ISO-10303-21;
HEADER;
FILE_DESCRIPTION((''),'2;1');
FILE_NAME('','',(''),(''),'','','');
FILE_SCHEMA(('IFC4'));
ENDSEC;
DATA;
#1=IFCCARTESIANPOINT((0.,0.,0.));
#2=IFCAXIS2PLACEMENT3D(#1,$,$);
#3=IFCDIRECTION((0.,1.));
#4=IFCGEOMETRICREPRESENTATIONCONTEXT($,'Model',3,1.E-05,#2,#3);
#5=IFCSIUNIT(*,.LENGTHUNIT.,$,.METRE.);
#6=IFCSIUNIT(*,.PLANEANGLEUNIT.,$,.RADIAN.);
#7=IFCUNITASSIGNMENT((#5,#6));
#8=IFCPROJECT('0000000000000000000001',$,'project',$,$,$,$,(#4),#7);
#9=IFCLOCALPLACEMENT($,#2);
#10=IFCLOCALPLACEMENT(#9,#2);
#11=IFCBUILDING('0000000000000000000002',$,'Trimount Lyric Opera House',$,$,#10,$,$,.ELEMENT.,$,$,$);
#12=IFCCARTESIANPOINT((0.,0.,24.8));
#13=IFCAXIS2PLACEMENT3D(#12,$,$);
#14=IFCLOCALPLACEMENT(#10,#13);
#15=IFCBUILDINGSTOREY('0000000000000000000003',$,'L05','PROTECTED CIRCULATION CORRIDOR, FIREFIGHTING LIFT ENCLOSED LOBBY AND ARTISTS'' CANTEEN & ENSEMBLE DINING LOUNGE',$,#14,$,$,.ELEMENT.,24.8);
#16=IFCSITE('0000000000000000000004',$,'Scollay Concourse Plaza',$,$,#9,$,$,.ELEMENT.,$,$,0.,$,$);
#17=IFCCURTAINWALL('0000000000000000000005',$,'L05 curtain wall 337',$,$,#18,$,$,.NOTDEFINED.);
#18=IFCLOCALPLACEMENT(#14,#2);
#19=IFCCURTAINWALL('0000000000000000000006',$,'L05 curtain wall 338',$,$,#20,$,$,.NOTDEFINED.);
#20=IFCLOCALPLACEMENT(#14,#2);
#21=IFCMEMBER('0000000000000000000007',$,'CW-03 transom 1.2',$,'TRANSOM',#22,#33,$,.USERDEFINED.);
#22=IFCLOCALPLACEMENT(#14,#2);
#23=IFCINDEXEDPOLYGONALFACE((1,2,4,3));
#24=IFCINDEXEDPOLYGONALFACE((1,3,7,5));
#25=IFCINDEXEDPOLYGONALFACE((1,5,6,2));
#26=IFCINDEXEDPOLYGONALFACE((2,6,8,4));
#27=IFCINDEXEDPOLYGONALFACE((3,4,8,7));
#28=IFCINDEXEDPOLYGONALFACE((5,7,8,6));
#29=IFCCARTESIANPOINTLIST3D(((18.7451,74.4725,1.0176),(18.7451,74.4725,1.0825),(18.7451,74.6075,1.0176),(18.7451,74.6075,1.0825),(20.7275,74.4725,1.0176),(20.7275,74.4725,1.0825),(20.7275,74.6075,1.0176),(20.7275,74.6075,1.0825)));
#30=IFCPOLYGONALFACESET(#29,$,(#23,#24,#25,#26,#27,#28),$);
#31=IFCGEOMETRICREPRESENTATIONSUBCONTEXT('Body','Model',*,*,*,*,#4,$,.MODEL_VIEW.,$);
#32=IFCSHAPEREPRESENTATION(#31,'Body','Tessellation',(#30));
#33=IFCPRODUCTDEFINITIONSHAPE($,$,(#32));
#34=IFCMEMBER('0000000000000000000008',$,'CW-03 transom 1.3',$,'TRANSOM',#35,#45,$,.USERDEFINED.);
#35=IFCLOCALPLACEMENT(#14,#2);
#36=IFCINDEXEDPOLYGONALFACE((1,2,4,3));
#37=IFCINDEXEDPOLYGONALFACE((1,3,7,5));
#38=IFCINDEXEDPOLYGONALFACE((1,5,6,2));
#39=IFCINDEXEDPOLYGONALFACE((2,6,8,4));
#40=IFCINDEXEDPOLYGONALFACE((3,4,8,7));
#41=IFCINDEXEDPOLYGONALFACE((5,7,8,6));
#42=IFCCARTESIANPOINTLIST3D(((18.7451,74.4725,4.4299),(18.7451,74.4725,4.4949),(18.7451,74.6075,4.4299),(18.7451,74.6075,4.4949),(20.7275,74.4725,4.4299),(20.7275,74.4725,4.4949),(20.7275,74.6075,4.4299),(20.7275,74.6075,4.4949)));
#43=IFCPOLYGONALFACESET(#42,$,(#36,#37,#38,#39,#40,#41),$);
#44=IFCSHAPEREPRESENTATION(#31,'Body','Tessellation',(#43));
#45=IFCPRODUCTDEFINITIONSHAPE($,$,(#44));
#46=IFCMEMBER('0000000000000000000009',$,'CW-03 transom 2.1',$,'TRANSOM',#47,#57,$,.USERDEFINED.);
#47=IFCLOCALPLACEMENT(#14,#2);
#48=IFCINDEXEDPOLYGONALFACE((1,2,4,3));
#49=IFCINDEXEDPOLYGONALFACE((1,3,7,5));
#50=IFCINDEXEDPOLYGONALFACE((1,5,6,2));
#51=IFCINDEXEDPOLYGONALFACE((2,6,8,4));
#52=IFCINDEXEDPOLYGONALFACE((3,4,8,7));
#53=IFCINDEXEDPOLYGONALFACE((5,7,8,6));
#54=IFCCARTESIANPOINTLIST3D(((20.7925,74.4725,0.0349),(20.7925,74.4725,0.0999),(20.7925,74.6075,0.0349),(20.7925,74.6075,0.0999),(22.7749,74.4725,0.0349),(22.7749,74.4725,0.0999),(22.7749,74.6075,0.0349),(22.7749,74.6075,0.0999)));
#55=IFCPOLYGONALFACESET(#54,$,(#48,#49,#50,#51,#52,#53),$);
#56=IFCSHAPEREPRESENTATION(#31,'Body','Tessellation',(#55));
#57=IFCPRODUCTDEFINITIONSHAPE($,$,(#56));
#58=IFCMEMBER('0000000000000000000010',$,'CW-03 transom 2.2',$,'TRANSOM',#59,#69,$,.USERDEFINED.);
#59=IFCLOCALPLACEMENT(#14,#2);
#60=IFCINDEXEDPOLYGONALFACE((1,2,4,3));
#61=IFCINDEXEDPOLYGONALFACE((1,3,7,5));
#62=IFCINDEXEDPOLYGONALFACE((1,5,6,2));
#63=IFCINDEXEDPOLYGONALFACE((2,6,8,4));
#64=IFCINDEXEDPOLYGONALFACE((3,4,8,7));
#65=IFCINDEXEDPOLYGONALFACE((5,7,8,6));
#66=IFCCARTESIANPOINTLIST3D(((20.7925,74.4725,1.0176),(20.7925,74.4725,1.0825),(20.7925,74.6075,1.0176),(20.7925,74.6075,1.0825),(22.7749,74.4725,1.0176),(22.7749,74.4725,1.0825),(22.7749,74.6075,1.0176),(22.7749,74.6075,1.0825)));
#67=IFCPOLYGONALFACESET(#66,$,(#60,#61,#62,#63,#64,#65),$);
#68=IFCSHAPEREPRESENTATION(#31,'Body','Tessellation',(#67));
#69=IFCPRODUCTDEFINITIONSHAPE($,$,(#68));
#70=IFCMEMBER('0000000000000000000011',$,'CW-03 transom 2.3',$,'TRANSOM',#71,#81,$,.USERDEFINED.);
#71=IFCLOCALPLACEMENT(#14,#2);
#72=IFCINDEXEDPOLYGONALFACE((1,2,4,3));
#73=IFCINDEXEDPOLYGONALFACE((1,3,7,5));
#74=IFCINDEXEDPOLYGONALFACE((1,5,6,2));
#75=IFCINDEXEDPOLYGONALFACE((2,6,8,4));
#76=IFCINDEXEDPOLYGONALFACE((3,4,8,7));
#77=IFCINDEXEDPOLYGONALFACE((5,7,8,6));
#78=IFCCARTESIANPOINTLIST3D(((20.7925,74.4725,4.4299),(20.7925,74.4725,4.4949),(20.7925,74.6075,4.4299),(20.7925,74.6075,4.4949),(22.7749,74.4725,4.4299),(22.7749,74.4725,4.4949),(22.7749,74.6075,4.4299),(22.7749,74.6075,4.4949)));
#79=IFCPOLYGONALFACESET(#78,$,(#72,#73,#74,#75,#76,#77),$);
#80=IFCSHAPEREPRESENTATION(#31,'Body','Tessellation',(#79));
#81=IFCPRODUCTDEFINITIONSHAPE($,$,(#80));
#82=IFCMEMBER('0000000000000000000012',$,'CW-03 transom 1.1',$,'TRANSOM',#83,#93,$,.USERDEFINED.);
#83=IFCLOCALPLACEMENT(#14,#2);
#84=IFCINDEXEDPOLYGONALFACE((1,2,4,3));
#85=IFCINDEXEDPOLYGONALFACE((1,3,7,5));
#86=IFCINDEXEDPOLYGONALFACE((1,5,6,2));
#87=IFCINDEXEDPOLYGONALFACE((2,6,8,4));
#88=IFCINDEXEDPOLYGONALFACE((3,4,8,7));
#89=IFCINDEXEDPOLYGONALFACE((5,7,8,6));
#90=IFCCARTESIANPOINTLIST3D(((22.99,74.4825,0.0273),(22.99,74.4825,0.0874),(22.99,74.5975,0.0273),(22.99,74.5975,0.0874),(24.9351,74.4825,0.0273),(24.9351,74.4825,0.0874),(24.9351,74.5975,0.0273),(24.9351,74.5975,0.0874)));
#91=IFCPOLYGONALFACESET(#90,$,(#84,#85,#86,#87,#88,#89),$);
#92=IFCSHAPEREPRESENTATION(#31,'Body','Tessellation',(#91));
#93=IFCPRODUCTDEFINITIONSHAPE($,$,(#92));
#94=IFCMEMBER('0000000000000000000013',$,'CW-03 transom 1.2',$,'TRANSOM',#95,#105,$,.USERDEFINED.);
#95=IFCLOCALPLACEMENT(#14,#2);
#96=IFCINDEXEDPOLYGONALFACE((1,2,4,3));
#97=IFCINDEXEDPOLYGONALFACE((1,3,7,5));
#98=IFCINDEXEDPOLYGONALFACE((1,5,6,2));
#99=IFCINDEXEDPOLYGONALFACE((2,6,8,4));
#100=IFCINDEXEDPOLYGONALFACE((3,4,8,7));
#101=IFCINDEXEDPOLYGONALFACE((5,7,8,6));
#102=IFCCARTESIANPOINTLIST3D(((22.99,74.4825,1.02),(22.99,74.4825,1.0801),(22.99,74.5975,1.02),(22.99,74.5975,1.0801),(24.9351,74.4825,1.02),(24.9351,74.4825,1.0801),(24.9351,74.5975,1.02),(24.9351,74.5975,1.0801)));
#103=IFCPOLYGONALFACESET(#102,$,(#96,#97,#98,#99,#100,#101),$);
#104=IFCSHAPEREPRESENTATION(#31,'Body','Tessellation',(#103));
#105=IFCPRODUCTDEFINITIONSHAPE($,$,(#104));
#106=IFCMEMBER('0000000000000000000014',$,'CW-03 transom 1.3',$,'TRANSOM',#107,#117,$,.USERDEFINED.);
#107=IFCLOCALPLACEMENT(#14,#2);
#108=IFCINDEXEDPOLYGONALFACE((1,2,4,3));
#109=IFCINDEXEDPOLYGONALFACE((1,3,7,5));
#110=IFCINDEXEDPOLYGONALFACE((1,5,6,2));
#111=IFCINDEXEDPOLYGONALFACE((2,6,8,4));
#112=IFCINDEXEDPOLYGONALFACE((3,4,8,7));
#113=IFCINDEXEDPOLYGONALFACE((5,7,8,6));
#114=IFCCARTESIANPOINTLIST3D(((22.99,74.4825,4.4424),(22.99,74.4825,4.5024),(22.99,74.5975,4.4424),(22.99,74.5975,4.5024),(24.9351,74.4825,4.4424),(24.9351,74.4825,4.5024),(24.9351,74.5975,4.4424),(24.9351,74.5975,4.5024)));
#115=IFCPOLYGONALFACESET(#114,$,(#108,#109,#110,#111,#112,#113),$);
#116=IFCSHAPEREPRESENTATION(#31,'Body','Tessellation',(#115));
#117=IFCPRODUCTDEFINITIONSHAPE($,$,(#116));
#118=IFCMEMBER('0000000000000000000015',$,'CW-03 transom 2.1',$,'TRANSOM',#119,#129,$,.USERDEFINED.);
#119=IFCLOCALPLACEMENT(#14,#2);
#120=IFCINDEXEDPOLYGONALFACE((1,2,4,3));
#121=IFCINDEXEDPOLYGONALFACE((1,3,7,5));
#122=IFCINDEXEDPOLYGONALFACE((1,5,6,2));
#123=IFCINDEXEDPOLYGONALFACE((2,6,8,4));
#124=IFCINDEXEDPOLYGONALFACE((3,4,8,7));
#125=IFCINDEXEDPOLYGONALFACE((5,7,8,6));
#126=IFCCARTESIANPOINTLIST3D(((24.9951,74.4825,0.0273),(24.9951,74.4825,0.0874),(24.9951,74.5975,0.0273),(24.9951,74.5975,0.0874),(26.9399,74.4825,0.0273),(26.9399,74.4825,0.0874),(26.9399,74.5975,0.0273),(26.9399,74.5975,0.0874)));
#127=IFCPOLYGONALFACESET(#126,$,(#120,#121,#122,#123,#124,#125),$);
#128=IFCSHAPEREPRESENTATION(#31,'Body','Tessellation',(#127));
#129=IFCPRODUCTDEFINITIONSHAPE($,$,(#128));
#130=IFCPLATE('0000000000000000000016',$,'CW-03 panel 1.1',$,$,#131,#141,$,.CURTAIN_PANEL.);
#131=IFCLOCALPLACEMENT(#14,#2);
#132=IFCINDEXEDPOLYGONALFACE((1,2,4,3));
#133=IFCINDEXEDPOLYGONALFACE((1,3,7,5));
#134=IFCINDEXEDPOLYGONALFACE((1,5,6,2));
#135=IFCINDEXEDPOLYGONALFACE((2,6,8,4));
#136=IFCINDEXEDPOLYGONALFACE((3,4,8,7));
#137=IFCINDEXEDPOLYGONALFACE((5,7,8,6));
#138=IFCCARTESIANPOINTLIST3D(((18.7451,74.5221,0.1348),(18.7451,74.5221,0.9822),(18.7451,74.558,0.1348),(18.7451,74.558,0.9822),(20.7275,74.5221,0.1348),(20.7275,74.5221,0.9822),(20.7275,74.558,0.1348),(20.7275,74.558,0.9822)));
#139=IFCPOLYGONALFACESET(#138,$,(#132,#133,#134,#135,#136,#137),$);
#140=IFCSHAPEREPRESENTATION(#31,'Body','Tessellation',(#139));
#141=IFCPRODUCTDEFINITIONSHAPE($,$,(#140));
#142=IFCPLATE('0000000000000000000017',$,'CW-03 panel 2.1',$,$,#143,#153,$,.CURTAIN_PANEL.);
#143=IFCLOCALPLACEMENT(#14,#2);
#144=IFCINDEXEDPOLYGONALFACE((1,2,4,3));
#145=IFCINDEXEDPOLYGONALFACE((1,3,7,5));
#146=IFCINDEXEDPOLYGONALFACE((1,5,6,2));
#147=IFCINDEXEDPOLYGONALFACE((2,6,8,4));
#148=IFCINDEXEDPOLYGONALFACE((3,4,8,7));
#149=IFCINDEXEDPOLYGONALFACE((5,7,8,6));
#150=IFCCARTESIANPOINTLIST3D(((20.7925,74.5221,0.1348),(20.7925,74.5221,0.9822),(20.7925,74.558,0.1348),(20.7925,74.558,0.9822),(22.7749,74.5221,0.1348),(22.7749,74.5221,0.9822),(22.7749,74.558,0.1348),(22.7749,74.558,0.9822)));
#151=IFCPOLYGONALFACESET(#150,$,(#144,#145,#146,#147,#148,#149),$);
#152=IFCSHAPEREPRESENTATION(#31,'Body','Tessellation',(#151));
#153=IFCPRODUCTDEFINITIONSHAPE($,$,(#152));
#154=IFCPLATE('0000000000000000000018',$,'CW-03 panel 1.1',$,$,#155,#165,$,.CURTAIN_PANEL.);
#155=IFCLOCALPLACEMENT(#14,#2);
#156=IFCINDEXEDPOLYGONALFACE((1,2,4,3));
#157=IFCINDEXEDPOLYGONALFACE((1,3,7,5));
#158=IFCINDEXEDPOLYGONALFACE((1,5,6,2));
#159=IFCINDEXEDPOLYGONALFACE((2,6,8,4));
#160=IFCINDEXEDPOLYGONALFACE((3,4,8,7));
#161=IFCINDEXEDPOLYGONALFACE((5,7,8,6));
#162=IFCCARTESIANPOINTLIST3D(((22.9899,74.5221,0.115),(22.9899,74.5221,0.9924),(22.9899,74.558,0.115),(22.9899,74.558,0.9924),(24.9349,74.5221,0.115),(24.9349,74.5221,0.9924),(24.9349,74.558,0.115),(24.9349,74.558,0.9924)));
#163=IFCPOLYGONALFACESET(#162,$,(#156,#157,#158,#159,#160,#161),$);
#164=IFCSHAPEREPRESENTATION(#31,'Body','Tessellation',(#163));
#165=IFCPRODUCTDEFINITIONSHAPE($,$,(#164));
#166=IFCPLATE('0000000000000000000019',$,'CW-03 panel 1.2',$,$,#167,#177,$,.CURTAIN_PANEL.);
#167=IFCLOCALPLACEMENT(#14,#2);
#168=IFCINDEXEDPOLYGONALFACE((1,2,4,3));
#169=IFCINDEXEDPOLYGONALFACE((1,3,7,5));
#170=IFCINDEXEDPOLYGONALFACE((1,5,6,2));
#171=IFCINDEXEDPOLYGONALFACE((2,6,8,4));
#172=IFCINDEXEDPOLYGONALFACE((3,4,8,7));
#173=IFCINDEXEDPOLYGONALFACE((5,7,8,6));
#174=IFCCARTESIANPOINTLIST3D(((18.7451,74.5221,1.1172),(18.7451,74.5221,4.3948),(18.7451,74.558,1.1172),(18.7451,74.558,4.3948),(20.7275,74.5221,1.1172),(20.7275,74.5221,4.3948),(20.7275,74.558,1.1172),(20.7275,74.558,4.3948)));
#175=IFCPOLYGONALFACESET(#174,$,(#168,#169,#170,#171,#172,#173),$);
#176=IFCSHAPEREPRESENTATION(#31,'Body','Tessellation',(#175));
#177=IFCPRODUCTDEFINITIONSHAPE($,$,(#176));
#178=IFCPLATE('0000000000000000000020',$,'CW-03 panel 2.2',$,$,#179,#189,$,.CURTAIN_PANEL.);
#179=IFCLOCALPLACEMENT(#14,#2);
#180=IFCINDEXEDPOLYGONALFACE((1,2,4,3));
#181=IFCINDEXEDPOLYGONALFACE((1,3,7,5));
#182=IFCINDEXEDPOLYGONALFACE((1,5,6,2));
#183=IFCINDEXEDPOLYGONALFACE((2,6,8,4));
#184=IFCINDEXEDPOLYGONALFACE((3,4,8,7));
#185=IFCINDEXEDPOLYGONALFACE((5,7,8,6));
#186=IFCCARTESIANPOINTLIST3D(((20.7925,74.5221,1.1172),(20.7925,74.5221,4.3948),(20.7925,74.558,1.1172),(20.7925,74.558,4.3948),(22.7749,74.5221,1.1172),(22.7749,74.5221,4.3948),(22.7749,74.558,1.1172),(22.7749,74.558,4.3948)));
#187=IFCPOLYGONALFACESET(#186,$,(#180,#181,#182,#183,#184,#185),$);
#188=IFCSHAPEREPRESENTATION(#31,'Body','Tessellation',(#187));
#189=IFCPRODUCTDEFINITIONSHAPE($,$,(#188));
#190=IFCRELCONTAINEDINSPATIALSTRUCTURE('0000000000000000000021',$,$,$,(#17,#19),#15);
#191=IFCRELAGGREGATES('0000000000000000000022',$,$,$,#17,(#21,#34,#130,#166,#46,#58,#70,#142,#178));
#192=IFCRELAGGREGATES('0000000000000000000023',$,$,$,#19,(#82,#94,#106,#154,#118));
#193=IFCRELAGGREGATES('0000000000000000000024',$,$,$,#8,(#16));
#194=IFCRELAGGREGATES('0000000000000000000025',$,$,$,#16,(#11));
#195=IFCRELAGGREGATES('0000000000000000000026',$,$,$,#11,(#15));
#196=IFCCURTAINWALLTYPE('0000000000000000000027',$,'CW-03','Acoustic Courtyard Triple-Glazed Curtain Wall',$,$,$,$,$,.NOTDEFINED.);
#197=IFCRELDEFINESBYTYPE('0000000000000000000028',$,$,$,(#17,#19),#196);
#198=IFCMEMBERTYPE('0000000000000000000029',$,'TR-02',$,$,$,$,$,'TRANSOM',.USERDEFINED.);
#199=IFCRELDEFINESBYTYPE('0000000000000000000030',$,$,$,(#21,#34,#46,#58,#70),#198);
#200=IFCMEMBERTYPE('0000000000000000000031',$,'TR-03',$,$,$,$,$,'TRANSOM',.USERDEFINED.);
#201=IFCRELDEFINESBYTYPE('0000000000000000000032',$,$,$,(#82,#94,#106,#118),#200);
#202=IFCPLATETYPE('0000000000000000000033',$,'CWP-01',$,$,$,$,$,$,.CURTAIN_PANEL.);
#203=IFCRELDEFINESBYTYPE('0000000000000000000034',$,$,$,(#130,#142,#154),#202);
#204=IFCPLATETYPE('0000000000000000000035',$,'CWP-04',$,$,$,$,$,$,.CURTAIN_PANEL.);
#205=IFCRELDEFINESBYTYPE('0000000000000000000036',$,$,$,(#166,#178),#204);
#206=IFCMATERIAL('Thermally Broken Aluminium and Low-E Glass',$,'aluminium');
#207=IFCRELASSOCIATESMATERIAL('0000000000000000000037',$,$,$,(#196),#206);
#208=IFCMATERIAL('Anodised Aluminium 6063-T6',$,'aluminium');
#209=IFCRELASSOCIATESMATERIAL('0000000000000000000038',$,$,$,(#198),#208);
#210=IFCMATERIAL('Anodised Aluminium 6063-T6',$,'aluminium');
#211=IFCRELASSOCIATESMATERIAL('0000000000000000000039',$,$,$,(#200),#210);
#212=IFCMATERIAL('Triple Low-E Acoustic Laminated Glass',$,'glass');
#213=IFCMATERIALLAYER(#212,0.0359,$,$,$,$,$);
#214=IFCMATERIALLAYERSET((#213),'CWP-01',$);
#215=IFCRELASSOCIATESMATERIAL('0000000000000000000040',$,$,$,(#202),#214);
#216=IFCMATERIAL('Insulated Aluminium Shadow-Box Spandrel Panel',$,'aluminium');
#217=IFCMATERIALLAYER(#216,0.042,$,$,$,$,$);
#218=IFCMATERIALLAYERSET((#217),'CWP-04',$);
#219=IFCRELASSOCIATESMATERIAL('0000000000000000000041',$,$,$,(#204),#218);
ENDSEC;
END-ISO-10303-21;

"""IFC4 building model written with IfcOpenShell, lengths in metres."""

from ifc_helpers import new_model, si_unit, direction, frame, origin, origin_2d, place, context, subcontext, project, spatial, rectangle, extrude, material, layer, layer_set, material_profile, profile_set, type_object, element, aggregate, save


model = new_model("IFC4")

# Units and contexts
model_context = context("Model", 3, precision=1e-05, world=origin(), true_north=direction((0.0, 1.0)))
body_context = subcontext(model_context, "Body", "Model", "MODEL_VIEW")
ifc_project = project(units=[si_unit("LENGTHUNIT", "METRE"), si_unit("PLANEANGLEUNIT", "RADIAN")], contexts=[model_context])

# Site, building, storey
site_placement = place(None, origin())
site = spatial("IfcSite", under=ifc_project, at=site_placement, Name="Scollay Concourse Plaza", CompositionType="ELEMENT", RefElevation=0.0)
building_placement = place(site_placement, origin())
building = spatial("IfcBuilding", under=site, at=building_placement, Name="Trimount Lyric Opera House", CompositionType="ELEMENT")
storey_placement = place(building_placement, frame((0.0, 0.0, 24.8)))
storey = spatial("IfcBuildingStorey", under=building, at=storey_placement, Name="L05", Description="PROTECTED CIRCULATION CORRIDOR, FIREFIGHTING LIFT ENCLOSED LOBBY AND ARTISTS' CANTEEN & ENSEMBLE DINING LOUNGE", CompositionType="ELEMENT", Elevation=24.8)

# Curtain walls
ifc_material_1 = material(Name="Thermally Broken Aluminium and Low-E Glass", Category="aluminium")
curtain_wall_type = type_object("IfcCurtainWallType", Name="CW-03", Description="Acoustic Courtyard Triple-Glazed Curtain Wall", PredefinedType="NOTDEFINED", material=ifc_material_1)
curtain_wall_1_placement = place(storey_placement, origin())
curtain_wall_1 = element("IfcCurtainWall", 1, at=curtain_wall_1_placement, inside=storey, type_object=curtain_wall_type, Name="L05 curtain wall 337", PredefinedType="NOTDEFINED")
curtain_wall_2_placement = place(storey_placement, origin())
curtain_wall_2 = element("IfcCurtainWall", 2, at=curtain_wall_2_placement, inside=storey, type_object=curtain_wall_type, Name="L05 curtain wall 338", PredefinedType="NOTDEFINED")

# Members
ifc_material_2 = material(Name="Anodised Aluminium 6063-T6", Category="aluminium")
ifc_material_profile_1 = material_profile(ifc_material_2, rectangle(XDim=0.135, YDim=0.0649, at=origin_2d()), Name="ALU-TRAN-65X135")
ifc_profile_set_1 = profile_set([ifc_material_profile_1], Name="Anodised Aluminium 6063-T6")
member_type_1 = type_object("IfcMemberType", Name="TR-02", ElementType="TRANSOM", PredefinedType="USERDEFINED", material=ifc_profile_set_1)
member_1_placement = place(storey_placement, frame((18.7451, 74.54, 1.05), z_axis=(1.0, 0.0, 0.0), x_axis=(0.0, 1.0, 0.0)))
member_1 = element("IfcMember", 3, at=member_1_placement, type_object=member_type_1, Name="CW-03 transom 1.2", ObjectType="TRANSOM", PredefinedType="USERDEFINED", context=body_context, shape_type="SweptSolid", body=[
    extrude(rectangle(XDim=0.135, YDim=0.0649, at=origin_2d()), origin(), (0.0, 0.0, 1.0), 1.9824),
])
member_2_placement = place(storey_placement, frame((18.7451, 74.54, 4.4624), z_axis=(1.0, 0.0, 0.0), x_axis=(0.0, 1.0, 0.0)))
member_2 = element("IfcMember", 4, at=member_2_placement, type_object=member_type_1, Name="CW-03 transom 1.3", ObjectType="TRANSOM", PredefinedType="USERDEFINED", context=body_context, shape_type="SweptSolid", body=[
    extrude(rectangle(XDim=0.135, YDim=0.0649, at=origin_2d()), origin(), (0.0, 0.0, 1.0), 1.9824),
])
member_3_placement = place(storey_placement, frame((20.7925, 74.54, 0.0674), z_axis=(1.0, 0.0, 0.0), x_axis=(0.0, 1.0, 0.0)))
member_3 = element("IfcMember", 5, at=member_3_placement, type_object=member_type_1, Name="CW-03 transom 2.1", ObjectType="TRANSOM", PredefinedType="USERDEFINED", context=body_context, shape_type="SweptSolid", body=[
    extrude(rectangle(XDim=0.135, YDim=0.0649, at=origin_2d()), origin(), (0.0, 0.0, 1.0), 1.9824),
])
member_4_placement = place(storey_placement, frame((20.7925, 74.54, 1.05), z_axis=(1.0, 0.0, 0.0), x_axis=(0.0, 1.0, 0.0)))
member_4 = element("IfcMember", 6, at=member_4_placement, type_object=member_type_1, Name="CW-03 transom 2.2", ObjectType="TRANSOM", PredefinedType="USERDEFINED", context=body_context, shape_type="SweptSolid", body=[
    extrude(rectangle(XDim=0.135, YDim=0.0649, at=origin_2d()), origin(), (0.0, 0.0, 1.0), 1.9824),
])
member_5_placement = place(storey_placement, frame((20.7925, 74.54, 4.4624), z_axis=(1.0, 0.0, 0.0), x_axis=(0.0, 1.0, 0.0)))
member_5 = element("IfcMember", 7, at=member_5_placement, type_object=member_type_1, Name="CW-03 transom 2.3", ObjectType="TRANSOM", PredefinedType="USERDEFINED", context=body_context, shape_type="SweptSolid", body=[
    extrude(rectangle(XDim=0.135, YDim=0.0649, at=origin_2d()), origin(), (0.0, 0.0, 1.0), 1.9824),
])
ifc_material_3 = material(Name="Anodised Aluminium 6063-T6", Category="aluminium")
ifc_material_profile_2 = material_profile(ifc_material_3, rectangle(XDim=0.115, YDim=0.0601, at=origin_2d()), Name="ALU-TRAN-60X115")
ifc_profile_set_2 = profile_set([ifc_material_profile_2], Name="Anodised Aluminium 6063-T6")
member_type_2 = type_object("IfcMemberType", Name="TR-03", ElementType="TRANSOM", PredefinedType="USERDEFINED", material=ifc_profile_set_2)
member_6_placement = place(storey_placement, frame((22.99, 74.54, 0.0574), z_axis=(1.0, 0.0, 0.0), x_axis=(0.0, 1.0, 0.0)))
member_6 = element("IfcMember", 8, at=member_6_placement, type_object=member_type_2, Name="CW-03 transom 1.1", ObjectType="TRANSOM", PredefinedType="USERDEFINED", context=body_context, shape_type="SweptSolid", body=[
    extrude(rectangle(XDim=0.115, YDim=0.0601, at=origin_2d()), origin(), (0.0, 0.0, 1.0), 1.9451),
])
member_7_placement = place(storey_placement, frame((22.99, 74.54, 1.05), z_axis=(1.0, 0.0, 0.0), x_axis=(0.0, 1.0, 0.0)))
member_7 = element("IfcMember", 9, at=member_7_placement, type_object=member_type_2, Name="CW-03 transom 1.2", ObjectType="TRANSOM", PredefinedType="USERDEFINED", context=body_context, shape_type="SweptSolid", body=[
    extrude(rectangle(XDim=0.115, YDim=0.0601, at=origin_2d()), origin(), (0.0, 0.0, 1.0), 1.9451),
])
member_8_placement = place(storey_placement, frame((22.99, 74.54, 4.4724), z_axis=(1.0, 0.0, 0.0), x_axis=(0.0, 1.0, 0.0)))
member_8 = element("IfcMember", 10, at=member_8_placement, type_object=member_type_2, Name="CW-03 transom 1.3", ObjectType="TRANSOM", PredefinedType="USERDEFINED", context=body_context, shape_type="SweptSolid", body=[
    extrude(rectangle(XDim=0.115, YDim=0.0601, at=origin_2d()), origin(), (0.0, 0.0, 1.0), 1.9451),
])
member_9_placement = place(storey_placement, frame((24.9951, 74.54, 0.0574), z_axis=(1.0, 0.0, 0.0), x_axis=(0.0, 1.0, 0.0)))
member_9 = element("IfcMember", 11, at=member_9_placement, type_object=member_type_2, Name="CW-03 transom 2.1", ObjectType="TRANSOM", PredefinedType="USERDEFINED", context=body_context, shape_type="SweptSolid", body=[
    extrude(rectangle(XDim=0.115, YDim=0.0601, at=origin_2d()), origin(), (0.0, 0.0, 1.0), 1.9448),
])

# Plates
ifc_material_4 = material(Name="Triple Low-E Acoustic Laminated Glass", Category="glass")
ifc_layer_1 = layer(ifc_material_4, 0.0359)
ifc_layer_set_1 = layer_set([ifc_layer_1], Name="CWP-01")
plate_type_1 = type_object("IfcPlateType", Name="CWP-01", PredefinedType="CURTAIN_PANEL", material=ifc_layer_set_1)
plate_1_placement = place(storey_placement, frame((19.7363, 74.54, 0.1348), z_axis=(0.0, 0.0, 1.0), x_axis=(1.0, 0.0, 0.0)))
plate_1 = element("IfcPlate", 12, at=plate_1_placement, type_object=plate_type_1, Name="CW-03 panel 1.1", PredefinedType="CURTAIN_PANEL", context=body_context, shape_type="SweptSolid", body=[
    extrude(rectangle(XDim=1.9824, YDim=0.0359, at=origin_2d()), origin(), (0.0, 0.0, 1.0), 0.8474),
])
plate_2_placement = place(storey_placement, frame((21.7837, 74.54, 0.1348), z_axis=(0.0, 0.0, 1.0), x_axis=(1.0, 0.0, 0.0)))
plate_2 = element("IfcPlate", 13, at=plate_2_placement, type_object=plate_type_1, Name="CW-03 panel 2.1", PredefinedType="CURTAIN_PANEL", context=body_context, shape_type="SweptSolid", body=[
    extrude(rectangle(XDim=1.9824, YDim=0.0359, at=origin_2d()), origin(), (0.0, 0.0, 1.0), 0.8474),
])
plate_3_placement = place(storey_placement, frame((23.9624, 74.54, 0.115), z_axis=(0.0, 0.0, 1.0), x_axis=(1.0, 0.0, 0.0)))
plate_3 = element("IfcPlate", 14, at=plate_3_placement, type_object=plate_type_1, Name="CW-03 panel 1.1", PredefinedType="CURTAIN_PANEL", context=body_context, shape_type="SweptSolid", body=[
    extrude(rectangle(XDim=1.9451, YDim=0.0359, at=origin_2d()), origin(), (0.0, 0.0, 1.0), 0.8774),
])
ifc_material_5 = material(Name="Insulated Aluminium Shadow-Box Spandrel Panel", Category="aluminium")
ifc_layer_2 = layer(ifc_material_5, 0.042)
ifc_layer_set_2 = layer_set([ifc_layer_2], Name="CWP-04")
plate_type_2 = type_object("IfcPlateType", Name="CWP-04", PredefinedType="CURTAIN_PANEL", material=ifc_layer_set_2)
plate_4_placement = place(storey_placement, frame((19.7363, 74.54, 1.1172), z_axis=(0.0, 0.0, 1.0), x_axis=(1.0, 0.0, 0.0)))
plate_4 = element("IfcPlate", 15, at=plate_4_placement, type_object=plate_type_2, Name="CW-03 panel 1.2", PredefinedType="CURTAIN_PANEL", context=body_context, shape_type="SweptSolid", body=[
    extrude(rectangle(XDim=1.9824, YDim=0.0359, at=origin_2d()), origin(), (0.0, 0.0, 1.0), 3.2776),
])
plate_5_placement = place(storey_placement, frame((21.7837, 74.54, 1.1172), z_axis=(0.0, 0.0, 1.0), x_axis=(1.0, 0.0, 0.0)))
plate_5 = element("IfcPlate", 16, at=plate_5_placement, type_object=plate_type_2, Name="CW-03 panel 2.2", PredefinedType="CURTAIN_PANEL", context=body_context, shape_type="SweptSolid", body=[
    extrude(rectangle(XDim=1.9824, YDim=0.0359, at=origin_2d()), origin(), (0.0, 0.0, 1.0), 3.2776),
])
aggregate(curtain_wall_1, [member_1, member_2, plate_1, plate_4, member_3, member_4, member_5, plate_2, plate_5])
aggregate(curtain_wall_2, [member_6, member_7, member_8, plate_3, member_9])

save(model, "model.ifc")
